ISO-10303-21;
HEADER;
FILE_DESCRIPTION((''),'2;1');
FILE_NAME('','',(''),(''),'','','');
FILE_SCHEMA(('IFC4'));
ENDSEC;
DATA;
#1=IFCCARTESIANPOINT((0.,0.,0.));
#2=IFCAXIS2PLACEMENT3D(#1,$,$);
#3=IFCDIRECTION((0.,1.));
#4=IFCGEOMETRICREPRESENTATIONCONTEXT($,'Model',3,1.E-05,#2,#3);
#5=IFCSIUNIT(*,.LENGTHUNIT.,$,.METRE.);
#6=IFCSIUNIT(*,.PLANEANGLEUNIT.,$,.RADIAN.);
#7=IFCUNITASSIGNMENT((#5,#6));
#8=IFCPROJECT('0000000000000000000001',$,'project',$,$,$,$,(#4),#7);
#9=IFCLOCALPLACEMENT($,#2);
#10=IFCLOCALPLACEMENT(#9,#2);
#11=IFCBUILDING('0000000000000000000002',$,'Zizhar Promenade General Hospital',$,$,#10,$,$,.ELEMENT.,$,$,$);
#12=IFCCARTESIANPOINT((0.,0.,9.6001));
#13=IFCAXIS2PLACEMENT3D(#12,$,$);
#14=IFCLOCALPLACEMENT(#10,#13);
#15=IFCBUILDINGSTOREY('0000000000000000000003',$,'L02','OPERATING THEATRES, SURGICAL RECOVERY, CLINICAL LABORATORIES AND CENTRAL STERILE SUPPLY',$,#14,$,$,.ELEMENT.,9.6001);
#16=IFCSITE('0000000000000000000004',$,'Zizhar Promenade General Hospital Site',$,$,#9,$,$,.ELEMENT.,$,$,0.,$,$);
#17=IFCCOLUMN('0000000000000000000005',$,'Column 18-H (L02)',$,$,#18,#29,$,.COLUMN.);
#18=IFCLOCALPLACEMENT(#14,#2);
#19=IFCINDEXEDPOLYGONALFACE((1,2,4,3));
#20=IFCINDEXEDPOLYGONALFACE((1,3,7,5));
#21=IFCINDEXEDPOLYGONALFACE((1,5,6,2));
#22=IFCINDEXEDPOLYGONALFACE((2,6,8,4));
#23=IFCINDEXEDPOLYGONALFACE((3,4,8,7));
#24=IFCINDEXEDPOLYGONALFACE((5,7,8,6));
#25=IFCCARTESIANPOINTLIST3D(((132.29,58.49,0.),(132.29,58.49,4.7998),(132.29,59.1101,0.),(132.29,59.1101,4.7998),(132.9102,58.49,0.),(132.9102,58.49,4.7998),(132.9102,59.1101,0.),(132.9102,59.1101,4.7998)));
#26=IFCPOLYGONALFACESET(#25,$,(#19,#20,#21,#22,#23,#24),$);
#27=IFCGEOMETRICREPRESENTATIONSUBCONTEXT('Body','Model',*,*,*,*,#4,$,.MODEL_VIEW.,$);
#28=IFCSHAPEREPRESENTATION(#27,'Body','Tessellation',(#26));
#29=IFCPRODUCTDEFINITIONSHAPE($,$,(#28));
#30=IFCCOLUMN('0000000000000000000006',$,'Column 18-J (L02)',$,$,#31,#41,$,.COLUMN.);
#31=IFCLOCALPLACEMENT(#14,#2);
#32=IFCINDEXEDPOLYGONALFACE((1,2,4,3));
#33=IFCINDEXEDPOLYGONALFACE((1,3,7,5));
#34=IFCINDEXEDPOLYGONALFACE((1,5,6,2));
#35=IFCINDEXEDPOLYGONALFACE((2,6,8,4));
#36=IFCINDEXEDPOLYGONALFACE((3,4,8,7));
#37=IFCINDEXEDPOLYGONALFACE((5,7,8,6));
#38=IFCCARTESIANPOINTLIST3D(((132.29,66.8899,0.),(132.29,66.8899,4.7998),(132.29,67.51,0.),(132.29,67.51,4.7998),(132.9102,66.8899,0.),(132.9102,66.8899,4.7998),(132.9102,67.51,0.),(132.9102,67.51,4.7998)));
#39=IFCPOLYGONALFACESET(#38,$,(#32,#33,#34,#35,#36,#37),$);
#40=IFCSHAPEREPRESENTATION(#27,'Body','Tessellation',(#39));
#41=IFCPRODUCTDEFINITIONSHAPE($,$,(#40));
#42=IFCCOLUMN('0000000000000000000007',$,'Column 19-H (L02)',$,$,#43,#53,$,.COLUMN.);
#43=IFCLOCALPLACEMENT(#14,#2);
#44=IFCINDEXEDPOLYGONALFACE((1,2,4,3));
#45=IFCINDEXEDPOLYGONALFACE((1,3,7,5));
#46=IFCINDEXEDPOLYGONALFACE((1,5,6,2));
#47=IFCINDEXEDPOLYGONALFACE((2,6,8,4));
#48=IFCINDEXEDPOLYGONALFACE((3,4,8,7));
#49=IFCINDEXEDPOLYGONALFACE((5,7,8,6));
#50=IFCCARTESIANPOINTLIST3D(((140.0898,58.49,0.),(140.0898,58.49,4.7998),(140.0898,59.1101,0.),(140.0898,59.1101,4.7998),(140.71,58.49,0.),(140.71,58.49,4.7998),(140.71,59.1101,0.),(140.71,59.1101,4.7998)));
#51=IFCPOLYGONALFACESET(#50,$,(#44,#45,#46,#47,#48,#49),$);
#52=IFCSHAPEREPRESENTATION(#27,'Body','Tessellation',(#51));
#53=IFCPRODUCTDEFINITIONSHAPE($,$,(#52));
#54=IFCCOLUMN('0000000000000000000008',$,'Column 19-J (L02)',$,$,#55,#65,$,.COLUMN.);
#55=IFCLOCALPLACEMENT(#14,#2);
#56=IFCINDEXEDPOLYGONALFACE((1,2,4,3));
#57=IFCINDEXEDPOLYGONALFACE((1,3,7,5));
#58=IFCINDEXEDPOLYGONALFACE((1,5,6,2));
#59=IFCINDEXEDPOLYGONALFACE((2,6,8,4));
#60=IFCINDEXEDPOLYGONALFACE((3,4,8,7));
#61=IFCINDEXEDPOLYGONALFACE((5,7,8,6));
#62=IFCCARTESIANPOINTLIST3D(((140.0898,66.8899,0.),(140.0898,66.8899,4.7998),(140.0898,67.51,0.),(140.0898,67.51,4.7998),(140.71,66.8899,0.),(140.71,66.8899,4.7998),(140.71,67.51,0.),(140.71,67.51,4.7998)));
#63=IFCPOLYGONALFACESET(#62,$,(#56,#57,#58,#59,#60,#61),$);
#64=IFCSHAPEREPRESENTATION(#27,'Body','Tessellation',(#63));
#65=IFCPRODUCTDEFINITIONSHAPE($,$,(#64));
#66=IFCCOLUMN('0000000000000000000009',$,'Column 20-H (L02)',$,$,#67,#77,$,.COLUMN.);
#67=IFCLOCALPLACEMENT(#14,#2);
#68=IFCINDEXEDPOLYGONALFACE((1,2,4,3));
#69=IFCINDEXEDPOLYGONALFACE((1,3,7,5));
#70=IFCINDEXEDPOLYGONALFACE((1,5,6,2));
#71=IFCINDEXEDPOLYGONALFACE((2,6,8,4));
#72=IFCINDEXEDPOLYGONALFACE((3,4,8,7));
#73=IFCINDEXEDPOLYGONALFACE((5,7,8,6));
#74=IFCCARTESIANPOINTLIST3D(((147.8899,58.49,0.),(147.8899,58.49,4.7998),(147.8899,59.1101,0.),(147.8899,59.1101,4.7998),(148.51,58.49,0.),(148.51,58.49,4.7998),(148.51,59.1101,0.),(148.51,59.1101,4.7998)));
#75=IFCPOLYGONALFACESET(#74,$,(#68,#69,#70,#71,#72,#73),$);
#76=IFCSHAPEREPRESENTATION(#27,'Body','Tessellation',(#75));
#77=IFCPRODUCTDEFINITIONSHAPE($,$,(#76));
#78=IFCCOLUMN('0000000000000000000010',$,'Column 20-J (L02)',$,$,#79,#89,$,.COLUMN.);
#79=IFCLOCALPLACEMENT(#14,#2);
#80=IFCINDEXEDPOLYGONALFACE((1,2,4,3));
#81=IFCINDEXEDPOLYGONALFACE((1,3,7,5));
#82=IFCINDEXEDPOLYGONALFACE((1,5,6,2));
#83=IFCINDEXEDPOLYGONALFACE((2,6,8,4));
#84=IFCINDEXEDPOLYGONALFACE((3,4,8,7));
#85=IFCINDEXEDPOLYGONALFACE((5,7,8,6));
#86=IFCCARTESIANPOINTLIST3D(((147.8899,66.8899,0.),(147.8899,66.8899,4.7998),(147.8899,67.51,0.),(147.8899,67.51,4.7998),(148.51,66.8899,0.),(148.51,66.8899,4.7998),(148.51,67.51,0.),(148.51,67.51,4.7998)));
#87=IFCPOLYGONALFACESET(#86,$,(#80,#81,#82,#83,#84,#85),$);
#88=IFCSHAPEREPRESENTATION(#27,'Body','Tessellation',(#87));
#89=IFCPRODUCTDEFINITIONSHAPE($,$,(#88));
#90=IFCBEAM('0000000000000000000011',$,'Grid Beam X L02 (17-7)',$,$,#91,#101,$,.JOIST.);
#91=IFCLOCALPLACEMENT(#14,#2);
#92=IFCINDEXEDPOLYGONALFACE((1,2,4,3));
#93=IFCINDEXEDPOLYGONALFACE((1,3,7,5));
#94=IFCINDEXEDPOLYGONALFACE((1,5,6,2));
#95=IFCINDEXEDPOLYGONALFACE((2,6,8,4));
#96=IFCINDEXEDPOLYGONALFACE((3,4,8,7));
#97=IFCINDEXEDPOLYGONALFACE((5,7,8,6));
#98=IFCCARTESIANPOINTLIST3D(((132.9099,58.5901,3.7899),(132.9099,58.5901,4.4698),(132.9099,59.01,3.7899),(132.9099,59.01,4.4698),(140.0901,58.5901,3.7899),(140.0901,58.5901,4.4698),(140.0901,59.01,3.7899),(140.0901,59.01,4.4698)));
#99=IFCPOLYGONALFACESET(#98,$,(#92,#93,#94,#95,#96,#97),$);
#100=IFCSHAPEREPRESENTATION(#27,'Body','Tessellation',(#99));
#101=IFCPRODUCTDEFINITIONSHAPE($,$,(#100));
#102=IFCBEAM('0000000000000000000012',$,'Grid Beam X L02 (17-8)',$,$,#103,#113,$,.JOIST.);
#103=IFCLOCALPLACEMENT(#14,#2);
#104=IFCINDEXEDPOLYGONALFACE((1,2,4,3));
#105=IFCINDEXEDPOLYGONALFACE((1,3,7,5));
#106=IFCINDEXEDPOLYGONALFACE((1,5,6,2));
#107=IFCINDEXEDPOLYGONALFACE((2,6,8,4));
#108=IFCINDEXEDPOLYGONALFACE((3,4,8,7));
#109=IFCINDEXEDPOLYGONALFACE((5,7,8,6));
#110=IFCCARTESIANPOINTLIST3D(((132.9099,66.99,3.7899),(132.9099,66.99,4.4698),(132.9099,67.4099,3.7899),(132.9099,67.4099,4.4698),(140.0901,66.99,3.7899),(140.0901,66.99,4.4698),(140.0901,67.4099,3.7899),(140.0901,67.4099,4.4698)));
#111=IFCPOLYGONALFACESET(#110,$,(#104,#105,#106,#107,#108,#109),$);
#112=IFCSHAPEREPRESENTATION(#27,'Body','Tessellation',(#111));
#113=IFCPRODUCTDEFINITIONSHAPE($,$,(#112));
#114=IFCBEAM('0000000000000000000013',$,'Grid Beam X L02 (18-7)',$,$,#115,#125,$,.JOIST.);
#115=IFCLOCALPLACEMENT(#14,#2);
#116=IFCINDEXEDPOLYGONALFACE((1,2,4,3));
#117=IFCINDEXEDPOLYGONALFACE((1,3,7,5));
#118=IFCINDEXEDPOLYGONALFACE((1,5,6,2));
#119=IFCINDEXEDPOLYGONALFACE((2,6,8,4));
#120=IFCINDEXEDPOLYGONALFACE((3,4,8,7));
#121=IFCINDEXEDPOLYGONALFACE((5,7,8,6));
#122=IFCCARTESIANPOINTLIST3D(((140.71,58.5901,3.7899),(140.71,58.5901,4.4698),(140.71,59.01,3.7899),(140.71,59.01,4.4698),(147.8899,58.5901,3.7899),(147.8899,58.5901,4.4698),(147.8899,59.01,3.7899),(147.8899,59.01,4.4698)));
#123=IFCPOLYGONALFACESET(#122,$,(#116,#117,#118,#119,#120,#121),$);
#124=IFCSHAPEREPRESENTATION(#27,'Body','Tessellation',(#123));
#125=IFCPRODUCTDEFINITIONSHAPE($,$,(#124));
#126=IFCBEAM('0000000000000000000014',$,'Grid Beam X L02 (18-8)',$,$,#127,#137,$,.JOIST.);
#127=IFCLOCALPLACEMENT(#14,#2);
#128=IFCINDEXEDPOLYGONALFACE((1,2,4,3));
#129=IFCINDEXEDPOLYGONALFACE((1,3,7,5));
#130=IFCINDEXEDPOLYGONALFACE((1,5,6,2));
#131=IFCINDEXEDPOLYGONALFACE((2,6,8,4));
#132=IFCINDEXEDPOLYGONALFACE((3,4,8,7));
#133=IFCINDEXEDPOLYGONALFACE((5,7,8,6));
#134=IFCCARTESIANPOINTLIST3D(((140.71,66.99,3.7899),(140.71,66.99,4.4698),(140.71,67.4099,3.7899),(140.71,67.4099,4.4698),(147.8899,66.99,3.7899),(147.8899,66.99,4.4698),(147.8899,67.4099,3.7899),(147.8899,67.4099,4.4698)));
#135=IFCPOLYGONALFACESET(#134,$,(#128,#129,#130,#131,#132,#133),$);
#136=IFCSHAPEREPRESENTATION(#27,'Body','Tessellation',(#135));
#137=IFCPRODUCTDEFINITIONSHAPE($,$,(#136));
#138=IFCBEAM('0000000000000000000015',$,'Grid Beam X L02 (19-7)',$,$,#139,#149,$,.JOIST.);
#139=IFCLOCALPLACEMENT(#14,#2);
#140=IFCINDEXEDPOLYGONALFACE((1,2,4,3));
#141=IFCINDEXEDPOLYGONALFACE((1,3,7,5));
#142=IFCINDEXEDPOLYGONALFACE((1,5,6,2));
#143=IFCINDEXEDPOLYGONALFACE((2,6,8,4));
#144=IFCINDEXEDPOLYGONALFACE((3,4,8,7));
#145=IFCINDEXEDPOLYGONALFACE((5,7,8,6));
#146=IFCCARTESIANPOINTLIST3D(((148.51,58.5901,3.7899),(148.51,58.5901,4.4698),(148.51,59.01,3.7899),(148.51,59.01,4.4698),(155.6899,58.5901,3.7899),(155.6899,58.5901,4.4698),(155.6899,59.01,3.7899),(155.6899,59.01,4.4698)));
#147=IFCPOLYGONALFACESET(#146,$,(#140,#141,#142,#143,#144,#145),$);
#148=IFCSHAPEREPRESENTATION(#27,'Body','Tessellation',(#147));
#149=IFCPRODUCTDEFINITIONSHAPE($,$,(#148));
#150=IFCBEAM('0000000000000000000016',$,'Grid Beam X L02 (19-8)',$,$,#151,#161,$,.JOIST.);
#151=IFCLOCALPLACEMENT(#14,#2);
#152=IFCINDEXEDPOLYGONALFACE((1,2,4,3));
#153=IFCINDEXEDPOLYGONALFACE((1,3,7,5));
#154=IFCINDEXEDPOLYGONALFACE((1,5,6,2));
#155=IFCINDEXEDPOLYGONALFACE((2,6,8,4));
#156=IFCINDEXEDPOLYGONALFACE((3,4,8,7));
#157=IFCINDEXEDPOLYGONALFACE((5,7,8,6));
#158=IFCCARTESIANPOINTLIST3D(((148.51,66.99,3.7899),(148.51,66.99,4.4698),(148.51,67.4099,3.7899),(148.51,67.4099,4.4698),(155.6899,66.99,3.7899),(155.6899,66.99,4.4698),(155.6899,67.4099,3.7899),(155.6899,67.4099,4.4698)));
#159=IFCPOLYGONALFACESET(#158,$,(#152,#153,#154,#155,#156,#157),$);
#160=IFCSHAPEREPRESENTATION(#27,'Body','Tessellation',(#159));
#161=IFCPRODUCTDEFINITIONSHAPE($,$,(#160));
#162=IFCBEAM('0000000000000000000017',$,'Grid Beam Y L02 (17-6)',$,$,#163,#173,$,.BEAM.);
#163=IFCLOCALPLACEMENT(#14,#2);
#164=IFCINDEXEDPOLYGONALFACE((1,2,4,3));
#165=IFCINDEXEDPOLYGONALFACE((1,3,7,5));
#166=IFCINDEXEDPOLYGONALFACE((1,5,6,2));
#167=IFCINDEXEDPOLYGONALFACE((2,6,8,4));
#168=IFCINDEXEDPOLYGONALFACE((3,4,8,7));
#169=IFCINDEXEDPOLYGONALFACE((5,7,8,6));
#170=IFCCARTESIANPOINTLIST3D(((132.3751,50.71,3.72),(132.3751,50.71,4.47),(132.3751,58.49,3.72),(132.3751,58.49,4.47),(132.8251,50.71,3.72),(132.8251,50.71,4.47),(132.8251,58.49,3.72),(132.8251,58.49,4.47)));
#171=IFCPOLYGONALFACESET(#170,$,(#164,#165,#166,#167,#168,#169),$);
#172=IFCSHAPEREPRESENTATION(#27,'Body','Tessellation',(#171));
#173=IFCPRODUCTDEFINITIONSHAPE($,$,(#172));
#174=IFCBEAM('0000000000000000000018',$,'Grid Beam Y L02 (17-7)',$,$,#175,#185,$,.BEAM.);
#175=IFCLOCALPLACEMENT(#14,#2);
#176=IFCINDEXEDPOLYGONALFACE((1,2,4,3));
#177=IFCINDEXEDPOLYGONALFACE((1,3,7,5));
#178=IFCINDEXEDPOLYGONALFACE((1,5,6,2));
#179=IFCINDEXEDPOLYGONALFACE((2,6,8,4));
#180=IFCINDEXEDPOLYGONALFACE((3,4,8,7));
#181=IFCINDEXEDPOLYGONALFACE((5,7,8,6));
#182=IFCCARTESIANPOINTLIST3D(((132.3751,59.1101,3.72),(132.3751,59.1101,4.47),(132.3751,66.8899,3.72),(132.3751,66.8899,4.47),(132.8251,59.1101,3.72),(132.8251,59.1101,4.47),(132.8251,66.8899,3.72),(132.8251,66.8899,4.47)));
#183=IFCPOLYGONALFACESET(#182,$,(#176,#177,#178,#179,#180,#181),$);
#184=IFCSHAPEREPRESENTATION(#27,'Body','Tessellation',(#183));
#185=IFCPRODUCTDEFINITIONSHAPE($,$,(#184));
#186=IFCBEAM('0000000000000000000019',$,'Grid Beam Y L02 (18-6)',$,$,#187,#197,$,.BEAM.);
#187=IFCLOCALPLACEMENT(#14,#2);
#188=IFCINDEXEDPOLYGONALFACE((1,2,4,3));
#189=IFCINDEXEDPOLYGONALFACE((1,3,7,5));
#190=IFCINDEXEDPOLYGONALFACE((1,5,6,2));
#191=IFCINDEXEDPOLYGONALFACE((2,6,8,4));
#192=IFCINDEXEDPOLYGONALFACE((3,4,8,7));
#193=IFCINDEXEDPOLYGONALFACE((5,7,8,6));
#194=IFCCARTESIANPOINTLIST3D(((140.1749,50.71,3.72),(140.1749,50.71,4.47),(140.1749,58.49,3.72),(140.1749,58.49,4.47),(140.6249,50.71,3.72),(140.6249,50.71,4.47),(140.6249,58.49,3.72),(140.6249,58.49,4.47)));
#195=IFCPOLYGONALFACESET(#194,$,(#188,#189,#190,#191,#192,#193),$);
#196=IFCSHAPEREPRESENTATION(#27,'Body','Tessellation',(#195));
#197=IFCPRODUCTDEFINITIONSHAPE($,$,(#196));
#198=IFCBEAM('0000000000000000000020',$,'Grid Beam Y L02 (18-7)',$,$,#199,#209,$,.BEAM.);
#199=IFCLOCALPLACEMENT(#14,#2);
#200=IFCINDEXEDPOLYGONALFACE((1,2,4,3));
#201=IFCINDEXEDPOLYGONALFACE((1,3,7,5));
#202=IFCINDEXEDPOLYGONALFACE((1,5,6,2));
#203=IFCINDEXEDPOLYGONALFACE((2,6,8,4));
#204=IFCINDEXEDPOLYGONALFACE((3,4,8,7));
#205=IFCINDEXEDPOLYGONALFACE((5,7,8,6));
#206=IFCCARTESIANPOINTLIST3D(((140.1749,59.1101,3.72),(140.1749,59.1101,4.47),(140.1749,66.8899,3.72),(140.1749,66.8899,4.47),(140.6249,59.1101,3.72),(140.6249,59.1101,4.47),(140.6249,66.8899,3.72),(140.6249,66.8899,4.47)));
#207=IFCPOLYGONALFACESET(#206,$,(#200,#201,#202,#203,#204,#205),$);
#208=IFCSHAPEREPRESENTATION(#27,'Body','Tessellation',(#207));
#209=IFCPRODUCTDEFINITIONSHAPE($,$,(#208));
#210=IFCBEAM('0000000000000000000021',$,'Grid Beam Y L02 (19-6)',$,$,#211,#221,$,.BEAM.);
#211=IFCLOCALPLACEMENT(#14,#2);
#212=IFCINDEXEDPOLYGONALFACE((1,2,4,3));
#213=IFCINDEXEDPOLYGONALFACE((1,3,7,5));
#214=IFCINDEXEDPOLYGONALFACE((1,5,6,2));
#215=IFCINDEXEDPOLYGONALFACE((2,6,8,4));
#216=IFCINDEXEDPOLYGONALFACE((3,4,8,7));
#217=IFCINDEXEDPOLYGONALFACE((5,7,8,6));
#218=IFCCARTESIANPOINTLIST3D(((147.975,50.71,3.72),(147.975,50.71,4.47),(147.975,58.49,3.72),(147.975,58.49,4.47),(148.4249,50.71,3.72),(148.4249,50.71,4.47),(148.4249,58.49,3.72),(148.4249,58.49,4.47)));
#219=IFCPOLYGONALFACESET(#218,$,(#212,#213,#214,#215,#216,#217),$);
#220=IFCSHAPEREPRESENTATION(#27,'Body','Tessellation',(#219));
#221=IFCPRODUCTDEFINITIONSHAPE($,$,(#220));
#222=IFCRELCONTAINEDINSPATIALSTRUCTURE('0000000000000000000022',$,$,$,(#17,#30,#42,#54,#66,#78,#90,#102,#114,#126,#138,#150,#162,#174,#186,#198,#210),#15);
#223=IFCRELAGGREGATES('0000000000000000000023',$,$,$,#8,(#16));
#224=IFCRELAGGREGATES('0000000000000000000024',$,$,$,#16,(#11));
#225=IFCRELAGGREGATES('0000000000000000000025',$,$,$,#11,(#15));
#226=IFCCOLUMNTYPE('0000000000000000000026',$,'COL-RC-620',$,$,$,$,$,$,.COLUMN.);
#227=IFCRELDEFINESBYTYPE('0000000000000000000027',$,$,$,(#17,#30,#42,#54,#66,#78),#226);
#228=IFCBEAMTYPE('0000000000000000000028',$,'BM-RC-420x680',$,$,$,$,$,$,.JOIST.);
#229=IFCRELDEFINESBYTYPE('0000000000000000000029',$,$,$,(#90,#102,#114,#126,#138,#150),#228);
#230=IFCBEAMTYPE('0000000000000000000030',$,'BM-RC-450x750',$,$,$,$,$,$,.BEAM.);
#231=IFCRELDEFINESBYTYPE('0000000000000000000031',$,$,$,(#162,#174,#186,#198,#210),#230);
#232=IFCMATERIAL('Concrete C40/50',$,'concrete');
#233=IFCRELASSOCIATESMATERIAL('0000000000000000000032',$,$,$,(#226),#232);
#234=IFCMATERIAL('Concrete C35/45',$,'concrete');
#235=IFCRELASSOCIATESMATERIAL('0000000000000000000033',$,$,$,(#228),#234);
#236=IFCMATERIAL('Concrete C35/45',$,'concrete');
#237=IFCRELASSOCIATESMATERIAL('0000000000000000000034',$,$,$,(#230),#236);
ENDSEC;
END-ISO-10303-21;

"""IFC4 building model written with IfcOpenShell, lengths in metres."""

from ifc_helpers import new_model, si_unit, direction, frame, origin, origin_2d, place, context, subcontext, project, spatial, rectangle, extrude, material, material_profile, profile_set, type_object, element, save


model = new_model("IFC4")

# Units and contexts
model_context = context("Model", 3, precision=1e-05, world=origin(), true_north=direction((0.0, 1.0)))
body_context = subcontext(model_context, "Body", "Model", "MODEL_VIEW")
ifc_project = project(units=[si_unit("LENGTHUNIT", "METRE"), si_unit("PLANEANGLEUNIT", "RADIAN")], contexts=[model_context])

# Site, building, storey
site_placement = place(None, origin())
site = spatial("IfcSite", under=ifc_project, at=site_placement, Name="Zizhar Promenade General Hospital Site", CompositionType="ELEMENT", RefElevation=0.0)
building_placement = place(site_placement, origin())
building = spatial("IfcBuilding", under=site, at=building_placement, Name="Zizhar Promenade General Hospital", CompositionType="ELEMENT")
storey_placement = place(building_placement, frame((0.0, 0.0, 9.6001)))
storey = spatial("IfcBuildingStorey", under=building, at=storey_placement, Name="L02", Description="OPERATING THEATRES, SURGICAL RECOVERY, CLINICAL LABORATORIES AND CENTRAL STERILE SUPPLY", CompositionType="ELEMENT", Elevation=9.6001)

# Columns
ifc_material_1 = material(Name="Concrete C40/50", Category="concrete")
ifc_material_profile_1 = material_profile(ifc_material_1, rectangle(XDim=0.6201, YDim=0.6201, at=origin_2d()))
ifc_profile_set_1 = profile_set([ifc_material_profile_1], Name="Concrete C40/50")
column_type = type_object("IfcColumnType", Name="COL-RC-620", PredefinedType="COLUMN", material=ifc_profile_set_1)
for number, where, z_axis, x_axis, name in (
    (1, (132.6001, 58.8, 0.0), (0.0, 0.0, 1.0), (1.0, 0.0, 0.0), "Column 18-H (L02)"),
    (2, (132.6001, 67.2, 0.0), (0.0, 0.0, 1.0), (1.0, 0.0, 0.0), "Column 18-J (L02)"),
    (3, (140.3999, 58.8, 0.0), (0.0, 0.0, 1.0), (1.0, 0.0, 0.0), "Column 19-H (L02)"),
    (4, (140.3999, 67.2, 0.0), (0.0, 0.0, 1.0), (1.0, 0.0, 0.0), "Column 19-J (L02)"),
    (5, (148.2, 58.8, 0.0), (0.0, 0.0, 1.0), (1.0, 0.0, 0.0), "Column 20-H (L02)"),
    (6, (148.2, 67.2, 0.0), (0.0, 0.0, 1.0), (1.0, 0.0, 0.0), "Column 20-J (L02)"),
):
    element("IfcColumn", number, at=place(storey_placement, frame(where, z_axis=z_axis, x_axis=x_axis)), inside=storey, type_object=column_type, Name=name, PredefinedType="COLUMN", context=body_context, shape_type="SweptSolid", body=[
        extrude(rectangle(XDim=0.6201, YDim=0.6201, at=origin_2d()), origin(), (0.0, 0.0, 1.0), 4.7998),
    ])

# Beams
ifc_material_2 = material(Name="Concrete C35/45", Category="concrete")
ifc_material_profile_2 = material_profile(ifc_material_2, rectangle(XDim=0.4199, YDim=0.6799, at=origin_2d()))
ifc_profile_set_2 = profile_set([ifc_material_profile_2], Name="Concrete C35/45")
beam_type_1 = type_object("IfcBeamType", Name="BM-RC-420x680", PredefinedType="JOIST", material=ifc_profile_set_2)
for number, where, z_axis, x_axis, name in (
    (7, (132.9099, 58.8, 4.1299), (1.0, 0.0, 0.0), (0.0, 1.0, 0.0), "Grid Beam X L02 (17-7)"),
    (8, (132.9099, 67.2, 4.1299), (1.0, 0.0, 0.0), (0.0, 1.0, 0.0), "Grid Beam X L02 (17-8)"),
):
    element("IfcBeam", number, at=place(storey_placement, frame(where, z_axis=z_axis, x_axis=x_axis)), inside=storey, type_object=beam_type_1, Name=name, PredefinedType="JOIST", context=body_context, shape_type="SweptSolid", body=[
        extrude(rectangle(XDim=0.4199, YDim=0.6799, at=origin_2d()), origin(), (0.0, 0.0, 1.0), 7.1802),
    ])
for number, where, z_axis, x_axis, name in (
    (9, (140.71, 58.8, 4.1299), (1.0, 0.0, 0.0), (0.0, 1.0, 0.0), "Grid Beam X L02 (18-7)"),
    (10, (140.71, 67.2, 4.1299), (1.0, 0.0, 0.0), (0.0, 1.0, 0.0), "Grid Beam X L02 (18-8)"),
    (11, (148.51, 58.8, 4.1299), (1.0, 0.0, 0.0), (0.0, 1.0, 0.0), "Grid Beam X L02 (19-7)"),
    (12, (148.51, 67.2, 4.1299), (1.0, 0.0, 0.0), (0.0, 1.0, 0.0), "Grid Beam X L02 (19-8)"),
):
    element("IfcBeam", number, at=place(storey_placement, frame(where, z_axis=z_axis, x_axis=x_axis)), inside=storey, type_object=beam_type_1, Name=name, PredefinedType="JOIST", context=body_context, shape_type="SweptSolid", body=[
        extrude(rectangle(XDim=0.4199, YDim=0.6799, at=origin_2d()), origin(), (0.0, 0.0, 1.0), 7.1799),
    ])
ifc_material_3 = material(Name="Concrete C35/45", Category="concrete")
ifc_material_profile_3 = material_profile(ifc_material_3, rectangle(XDim=0.45, YDim=0.75, at=origin_2d()))
ifc_profile_set_3 = profile_set([ifc_material_profile_3], Name="Concrete C35/45")
beam_type_2 = type_object("IfcBeamType", Name="BM-RC-450x750", PredefinedType="BEAM", material=ifc_profile_set_3)
beam_1_placement = place(storey_placement, frame((132.6001, 50.71, 4.095), z_axis=(0.0, 1.0, 0.0), x_axis=(-1.0, 0.0, 0.0)))
element("IfcBeam", 13, at=beam_1_placement, inside=storey, type_object=beam_type_2, Name="Grid Beam Y L02 (17-6)", PredefinedType="BEAM", context=body_context, shape_type="SweptSolid", body=[
    extrude(rectangle(XDim=0.45, YDim=0.75, at=origin_2d()), origin(), (0.0, 0.0, 1.0), 7.78),
])
beam_2_placement = place(storey_placement, frame((132.6001, 59.1101, 4.095), z_axis=(0.0, 1.0, 0.0), x_axis=(-1.0, 0.0, 0.0)))
element("IfcBeam", 14, at=beam_2_placement, inside=storey, type_object=beam_type_2, Name="Grid Beam Y L02 (17-7)", PredefinedType="BEAM", context=body_context, shape_type="SweptSolid", body=[
    extrude(rectangle(XDim=0.45, YDim=0.75, at=origin_2d()), origin(), (0.0, 0.0, 1.0), 7.7798),
])
beam_3_placement = place(storey_placement, frame((140.3999, 50.71, 4.095), z_axis=(0.0, 1.0, 0.0), x_axis=(-1.0, 0.0, 0.0)))
element("IfcBeam", 15, at=beam_3_placement, inside=storey, type_object=beam_type_2, Name="Grid Beam Y L02 (18-6)", PredefinedType="BEAM", context=body_context, shape_type="SweptSolid", body=[
    extrude(rectangle(XDim=0.45, YDim=0.75, at=origin_2d()), origin(), (0.0, 0.0, 1.0), 7.78),
])
beam_4_placement = place(storey_placement, frame((140.3999, 59.1101, 4.095), z_axis=(0.0, 1.0, 0.0), x_axis=(-1.0, 0.0, 0.0)))
element("IfcBeam", 16, at=beam_4_placement, inside=storey, type_object=beam_type_2, Name="Grid Beam Y L02 (18-7)", PredefinedType="BEAM", context=body_context, shape_type="SweptSolid", body=[
    extrude(rectangle(XDim=0.45, YDim=0.75, at=origin_2d()), origin(), (0.0, 0.0, 1.0), 7.7798),
])
beam_5_placement = place(storey_placement, frame((148.2, 50.71, 4.095), z_axis=(0.0, 1.0, 0.0), x_axis=(-1.0, 0.0, 0.0)))
element("IfcBeam", 17, at=beam_5_placement, inside=storey, type_object=beam_type_2, Name="Grid Beam Y L02 (19-6)", PredefinedType="BEAM", context=body_context, shape_type="SweptSolid", body=[
    extrude(rectangle(XDim=0.45, YDim=0.75, at=origin_2d()), origin(), (0.0, 0.0, 1.0), 7.78),
])

save(model, "model.ifc")
